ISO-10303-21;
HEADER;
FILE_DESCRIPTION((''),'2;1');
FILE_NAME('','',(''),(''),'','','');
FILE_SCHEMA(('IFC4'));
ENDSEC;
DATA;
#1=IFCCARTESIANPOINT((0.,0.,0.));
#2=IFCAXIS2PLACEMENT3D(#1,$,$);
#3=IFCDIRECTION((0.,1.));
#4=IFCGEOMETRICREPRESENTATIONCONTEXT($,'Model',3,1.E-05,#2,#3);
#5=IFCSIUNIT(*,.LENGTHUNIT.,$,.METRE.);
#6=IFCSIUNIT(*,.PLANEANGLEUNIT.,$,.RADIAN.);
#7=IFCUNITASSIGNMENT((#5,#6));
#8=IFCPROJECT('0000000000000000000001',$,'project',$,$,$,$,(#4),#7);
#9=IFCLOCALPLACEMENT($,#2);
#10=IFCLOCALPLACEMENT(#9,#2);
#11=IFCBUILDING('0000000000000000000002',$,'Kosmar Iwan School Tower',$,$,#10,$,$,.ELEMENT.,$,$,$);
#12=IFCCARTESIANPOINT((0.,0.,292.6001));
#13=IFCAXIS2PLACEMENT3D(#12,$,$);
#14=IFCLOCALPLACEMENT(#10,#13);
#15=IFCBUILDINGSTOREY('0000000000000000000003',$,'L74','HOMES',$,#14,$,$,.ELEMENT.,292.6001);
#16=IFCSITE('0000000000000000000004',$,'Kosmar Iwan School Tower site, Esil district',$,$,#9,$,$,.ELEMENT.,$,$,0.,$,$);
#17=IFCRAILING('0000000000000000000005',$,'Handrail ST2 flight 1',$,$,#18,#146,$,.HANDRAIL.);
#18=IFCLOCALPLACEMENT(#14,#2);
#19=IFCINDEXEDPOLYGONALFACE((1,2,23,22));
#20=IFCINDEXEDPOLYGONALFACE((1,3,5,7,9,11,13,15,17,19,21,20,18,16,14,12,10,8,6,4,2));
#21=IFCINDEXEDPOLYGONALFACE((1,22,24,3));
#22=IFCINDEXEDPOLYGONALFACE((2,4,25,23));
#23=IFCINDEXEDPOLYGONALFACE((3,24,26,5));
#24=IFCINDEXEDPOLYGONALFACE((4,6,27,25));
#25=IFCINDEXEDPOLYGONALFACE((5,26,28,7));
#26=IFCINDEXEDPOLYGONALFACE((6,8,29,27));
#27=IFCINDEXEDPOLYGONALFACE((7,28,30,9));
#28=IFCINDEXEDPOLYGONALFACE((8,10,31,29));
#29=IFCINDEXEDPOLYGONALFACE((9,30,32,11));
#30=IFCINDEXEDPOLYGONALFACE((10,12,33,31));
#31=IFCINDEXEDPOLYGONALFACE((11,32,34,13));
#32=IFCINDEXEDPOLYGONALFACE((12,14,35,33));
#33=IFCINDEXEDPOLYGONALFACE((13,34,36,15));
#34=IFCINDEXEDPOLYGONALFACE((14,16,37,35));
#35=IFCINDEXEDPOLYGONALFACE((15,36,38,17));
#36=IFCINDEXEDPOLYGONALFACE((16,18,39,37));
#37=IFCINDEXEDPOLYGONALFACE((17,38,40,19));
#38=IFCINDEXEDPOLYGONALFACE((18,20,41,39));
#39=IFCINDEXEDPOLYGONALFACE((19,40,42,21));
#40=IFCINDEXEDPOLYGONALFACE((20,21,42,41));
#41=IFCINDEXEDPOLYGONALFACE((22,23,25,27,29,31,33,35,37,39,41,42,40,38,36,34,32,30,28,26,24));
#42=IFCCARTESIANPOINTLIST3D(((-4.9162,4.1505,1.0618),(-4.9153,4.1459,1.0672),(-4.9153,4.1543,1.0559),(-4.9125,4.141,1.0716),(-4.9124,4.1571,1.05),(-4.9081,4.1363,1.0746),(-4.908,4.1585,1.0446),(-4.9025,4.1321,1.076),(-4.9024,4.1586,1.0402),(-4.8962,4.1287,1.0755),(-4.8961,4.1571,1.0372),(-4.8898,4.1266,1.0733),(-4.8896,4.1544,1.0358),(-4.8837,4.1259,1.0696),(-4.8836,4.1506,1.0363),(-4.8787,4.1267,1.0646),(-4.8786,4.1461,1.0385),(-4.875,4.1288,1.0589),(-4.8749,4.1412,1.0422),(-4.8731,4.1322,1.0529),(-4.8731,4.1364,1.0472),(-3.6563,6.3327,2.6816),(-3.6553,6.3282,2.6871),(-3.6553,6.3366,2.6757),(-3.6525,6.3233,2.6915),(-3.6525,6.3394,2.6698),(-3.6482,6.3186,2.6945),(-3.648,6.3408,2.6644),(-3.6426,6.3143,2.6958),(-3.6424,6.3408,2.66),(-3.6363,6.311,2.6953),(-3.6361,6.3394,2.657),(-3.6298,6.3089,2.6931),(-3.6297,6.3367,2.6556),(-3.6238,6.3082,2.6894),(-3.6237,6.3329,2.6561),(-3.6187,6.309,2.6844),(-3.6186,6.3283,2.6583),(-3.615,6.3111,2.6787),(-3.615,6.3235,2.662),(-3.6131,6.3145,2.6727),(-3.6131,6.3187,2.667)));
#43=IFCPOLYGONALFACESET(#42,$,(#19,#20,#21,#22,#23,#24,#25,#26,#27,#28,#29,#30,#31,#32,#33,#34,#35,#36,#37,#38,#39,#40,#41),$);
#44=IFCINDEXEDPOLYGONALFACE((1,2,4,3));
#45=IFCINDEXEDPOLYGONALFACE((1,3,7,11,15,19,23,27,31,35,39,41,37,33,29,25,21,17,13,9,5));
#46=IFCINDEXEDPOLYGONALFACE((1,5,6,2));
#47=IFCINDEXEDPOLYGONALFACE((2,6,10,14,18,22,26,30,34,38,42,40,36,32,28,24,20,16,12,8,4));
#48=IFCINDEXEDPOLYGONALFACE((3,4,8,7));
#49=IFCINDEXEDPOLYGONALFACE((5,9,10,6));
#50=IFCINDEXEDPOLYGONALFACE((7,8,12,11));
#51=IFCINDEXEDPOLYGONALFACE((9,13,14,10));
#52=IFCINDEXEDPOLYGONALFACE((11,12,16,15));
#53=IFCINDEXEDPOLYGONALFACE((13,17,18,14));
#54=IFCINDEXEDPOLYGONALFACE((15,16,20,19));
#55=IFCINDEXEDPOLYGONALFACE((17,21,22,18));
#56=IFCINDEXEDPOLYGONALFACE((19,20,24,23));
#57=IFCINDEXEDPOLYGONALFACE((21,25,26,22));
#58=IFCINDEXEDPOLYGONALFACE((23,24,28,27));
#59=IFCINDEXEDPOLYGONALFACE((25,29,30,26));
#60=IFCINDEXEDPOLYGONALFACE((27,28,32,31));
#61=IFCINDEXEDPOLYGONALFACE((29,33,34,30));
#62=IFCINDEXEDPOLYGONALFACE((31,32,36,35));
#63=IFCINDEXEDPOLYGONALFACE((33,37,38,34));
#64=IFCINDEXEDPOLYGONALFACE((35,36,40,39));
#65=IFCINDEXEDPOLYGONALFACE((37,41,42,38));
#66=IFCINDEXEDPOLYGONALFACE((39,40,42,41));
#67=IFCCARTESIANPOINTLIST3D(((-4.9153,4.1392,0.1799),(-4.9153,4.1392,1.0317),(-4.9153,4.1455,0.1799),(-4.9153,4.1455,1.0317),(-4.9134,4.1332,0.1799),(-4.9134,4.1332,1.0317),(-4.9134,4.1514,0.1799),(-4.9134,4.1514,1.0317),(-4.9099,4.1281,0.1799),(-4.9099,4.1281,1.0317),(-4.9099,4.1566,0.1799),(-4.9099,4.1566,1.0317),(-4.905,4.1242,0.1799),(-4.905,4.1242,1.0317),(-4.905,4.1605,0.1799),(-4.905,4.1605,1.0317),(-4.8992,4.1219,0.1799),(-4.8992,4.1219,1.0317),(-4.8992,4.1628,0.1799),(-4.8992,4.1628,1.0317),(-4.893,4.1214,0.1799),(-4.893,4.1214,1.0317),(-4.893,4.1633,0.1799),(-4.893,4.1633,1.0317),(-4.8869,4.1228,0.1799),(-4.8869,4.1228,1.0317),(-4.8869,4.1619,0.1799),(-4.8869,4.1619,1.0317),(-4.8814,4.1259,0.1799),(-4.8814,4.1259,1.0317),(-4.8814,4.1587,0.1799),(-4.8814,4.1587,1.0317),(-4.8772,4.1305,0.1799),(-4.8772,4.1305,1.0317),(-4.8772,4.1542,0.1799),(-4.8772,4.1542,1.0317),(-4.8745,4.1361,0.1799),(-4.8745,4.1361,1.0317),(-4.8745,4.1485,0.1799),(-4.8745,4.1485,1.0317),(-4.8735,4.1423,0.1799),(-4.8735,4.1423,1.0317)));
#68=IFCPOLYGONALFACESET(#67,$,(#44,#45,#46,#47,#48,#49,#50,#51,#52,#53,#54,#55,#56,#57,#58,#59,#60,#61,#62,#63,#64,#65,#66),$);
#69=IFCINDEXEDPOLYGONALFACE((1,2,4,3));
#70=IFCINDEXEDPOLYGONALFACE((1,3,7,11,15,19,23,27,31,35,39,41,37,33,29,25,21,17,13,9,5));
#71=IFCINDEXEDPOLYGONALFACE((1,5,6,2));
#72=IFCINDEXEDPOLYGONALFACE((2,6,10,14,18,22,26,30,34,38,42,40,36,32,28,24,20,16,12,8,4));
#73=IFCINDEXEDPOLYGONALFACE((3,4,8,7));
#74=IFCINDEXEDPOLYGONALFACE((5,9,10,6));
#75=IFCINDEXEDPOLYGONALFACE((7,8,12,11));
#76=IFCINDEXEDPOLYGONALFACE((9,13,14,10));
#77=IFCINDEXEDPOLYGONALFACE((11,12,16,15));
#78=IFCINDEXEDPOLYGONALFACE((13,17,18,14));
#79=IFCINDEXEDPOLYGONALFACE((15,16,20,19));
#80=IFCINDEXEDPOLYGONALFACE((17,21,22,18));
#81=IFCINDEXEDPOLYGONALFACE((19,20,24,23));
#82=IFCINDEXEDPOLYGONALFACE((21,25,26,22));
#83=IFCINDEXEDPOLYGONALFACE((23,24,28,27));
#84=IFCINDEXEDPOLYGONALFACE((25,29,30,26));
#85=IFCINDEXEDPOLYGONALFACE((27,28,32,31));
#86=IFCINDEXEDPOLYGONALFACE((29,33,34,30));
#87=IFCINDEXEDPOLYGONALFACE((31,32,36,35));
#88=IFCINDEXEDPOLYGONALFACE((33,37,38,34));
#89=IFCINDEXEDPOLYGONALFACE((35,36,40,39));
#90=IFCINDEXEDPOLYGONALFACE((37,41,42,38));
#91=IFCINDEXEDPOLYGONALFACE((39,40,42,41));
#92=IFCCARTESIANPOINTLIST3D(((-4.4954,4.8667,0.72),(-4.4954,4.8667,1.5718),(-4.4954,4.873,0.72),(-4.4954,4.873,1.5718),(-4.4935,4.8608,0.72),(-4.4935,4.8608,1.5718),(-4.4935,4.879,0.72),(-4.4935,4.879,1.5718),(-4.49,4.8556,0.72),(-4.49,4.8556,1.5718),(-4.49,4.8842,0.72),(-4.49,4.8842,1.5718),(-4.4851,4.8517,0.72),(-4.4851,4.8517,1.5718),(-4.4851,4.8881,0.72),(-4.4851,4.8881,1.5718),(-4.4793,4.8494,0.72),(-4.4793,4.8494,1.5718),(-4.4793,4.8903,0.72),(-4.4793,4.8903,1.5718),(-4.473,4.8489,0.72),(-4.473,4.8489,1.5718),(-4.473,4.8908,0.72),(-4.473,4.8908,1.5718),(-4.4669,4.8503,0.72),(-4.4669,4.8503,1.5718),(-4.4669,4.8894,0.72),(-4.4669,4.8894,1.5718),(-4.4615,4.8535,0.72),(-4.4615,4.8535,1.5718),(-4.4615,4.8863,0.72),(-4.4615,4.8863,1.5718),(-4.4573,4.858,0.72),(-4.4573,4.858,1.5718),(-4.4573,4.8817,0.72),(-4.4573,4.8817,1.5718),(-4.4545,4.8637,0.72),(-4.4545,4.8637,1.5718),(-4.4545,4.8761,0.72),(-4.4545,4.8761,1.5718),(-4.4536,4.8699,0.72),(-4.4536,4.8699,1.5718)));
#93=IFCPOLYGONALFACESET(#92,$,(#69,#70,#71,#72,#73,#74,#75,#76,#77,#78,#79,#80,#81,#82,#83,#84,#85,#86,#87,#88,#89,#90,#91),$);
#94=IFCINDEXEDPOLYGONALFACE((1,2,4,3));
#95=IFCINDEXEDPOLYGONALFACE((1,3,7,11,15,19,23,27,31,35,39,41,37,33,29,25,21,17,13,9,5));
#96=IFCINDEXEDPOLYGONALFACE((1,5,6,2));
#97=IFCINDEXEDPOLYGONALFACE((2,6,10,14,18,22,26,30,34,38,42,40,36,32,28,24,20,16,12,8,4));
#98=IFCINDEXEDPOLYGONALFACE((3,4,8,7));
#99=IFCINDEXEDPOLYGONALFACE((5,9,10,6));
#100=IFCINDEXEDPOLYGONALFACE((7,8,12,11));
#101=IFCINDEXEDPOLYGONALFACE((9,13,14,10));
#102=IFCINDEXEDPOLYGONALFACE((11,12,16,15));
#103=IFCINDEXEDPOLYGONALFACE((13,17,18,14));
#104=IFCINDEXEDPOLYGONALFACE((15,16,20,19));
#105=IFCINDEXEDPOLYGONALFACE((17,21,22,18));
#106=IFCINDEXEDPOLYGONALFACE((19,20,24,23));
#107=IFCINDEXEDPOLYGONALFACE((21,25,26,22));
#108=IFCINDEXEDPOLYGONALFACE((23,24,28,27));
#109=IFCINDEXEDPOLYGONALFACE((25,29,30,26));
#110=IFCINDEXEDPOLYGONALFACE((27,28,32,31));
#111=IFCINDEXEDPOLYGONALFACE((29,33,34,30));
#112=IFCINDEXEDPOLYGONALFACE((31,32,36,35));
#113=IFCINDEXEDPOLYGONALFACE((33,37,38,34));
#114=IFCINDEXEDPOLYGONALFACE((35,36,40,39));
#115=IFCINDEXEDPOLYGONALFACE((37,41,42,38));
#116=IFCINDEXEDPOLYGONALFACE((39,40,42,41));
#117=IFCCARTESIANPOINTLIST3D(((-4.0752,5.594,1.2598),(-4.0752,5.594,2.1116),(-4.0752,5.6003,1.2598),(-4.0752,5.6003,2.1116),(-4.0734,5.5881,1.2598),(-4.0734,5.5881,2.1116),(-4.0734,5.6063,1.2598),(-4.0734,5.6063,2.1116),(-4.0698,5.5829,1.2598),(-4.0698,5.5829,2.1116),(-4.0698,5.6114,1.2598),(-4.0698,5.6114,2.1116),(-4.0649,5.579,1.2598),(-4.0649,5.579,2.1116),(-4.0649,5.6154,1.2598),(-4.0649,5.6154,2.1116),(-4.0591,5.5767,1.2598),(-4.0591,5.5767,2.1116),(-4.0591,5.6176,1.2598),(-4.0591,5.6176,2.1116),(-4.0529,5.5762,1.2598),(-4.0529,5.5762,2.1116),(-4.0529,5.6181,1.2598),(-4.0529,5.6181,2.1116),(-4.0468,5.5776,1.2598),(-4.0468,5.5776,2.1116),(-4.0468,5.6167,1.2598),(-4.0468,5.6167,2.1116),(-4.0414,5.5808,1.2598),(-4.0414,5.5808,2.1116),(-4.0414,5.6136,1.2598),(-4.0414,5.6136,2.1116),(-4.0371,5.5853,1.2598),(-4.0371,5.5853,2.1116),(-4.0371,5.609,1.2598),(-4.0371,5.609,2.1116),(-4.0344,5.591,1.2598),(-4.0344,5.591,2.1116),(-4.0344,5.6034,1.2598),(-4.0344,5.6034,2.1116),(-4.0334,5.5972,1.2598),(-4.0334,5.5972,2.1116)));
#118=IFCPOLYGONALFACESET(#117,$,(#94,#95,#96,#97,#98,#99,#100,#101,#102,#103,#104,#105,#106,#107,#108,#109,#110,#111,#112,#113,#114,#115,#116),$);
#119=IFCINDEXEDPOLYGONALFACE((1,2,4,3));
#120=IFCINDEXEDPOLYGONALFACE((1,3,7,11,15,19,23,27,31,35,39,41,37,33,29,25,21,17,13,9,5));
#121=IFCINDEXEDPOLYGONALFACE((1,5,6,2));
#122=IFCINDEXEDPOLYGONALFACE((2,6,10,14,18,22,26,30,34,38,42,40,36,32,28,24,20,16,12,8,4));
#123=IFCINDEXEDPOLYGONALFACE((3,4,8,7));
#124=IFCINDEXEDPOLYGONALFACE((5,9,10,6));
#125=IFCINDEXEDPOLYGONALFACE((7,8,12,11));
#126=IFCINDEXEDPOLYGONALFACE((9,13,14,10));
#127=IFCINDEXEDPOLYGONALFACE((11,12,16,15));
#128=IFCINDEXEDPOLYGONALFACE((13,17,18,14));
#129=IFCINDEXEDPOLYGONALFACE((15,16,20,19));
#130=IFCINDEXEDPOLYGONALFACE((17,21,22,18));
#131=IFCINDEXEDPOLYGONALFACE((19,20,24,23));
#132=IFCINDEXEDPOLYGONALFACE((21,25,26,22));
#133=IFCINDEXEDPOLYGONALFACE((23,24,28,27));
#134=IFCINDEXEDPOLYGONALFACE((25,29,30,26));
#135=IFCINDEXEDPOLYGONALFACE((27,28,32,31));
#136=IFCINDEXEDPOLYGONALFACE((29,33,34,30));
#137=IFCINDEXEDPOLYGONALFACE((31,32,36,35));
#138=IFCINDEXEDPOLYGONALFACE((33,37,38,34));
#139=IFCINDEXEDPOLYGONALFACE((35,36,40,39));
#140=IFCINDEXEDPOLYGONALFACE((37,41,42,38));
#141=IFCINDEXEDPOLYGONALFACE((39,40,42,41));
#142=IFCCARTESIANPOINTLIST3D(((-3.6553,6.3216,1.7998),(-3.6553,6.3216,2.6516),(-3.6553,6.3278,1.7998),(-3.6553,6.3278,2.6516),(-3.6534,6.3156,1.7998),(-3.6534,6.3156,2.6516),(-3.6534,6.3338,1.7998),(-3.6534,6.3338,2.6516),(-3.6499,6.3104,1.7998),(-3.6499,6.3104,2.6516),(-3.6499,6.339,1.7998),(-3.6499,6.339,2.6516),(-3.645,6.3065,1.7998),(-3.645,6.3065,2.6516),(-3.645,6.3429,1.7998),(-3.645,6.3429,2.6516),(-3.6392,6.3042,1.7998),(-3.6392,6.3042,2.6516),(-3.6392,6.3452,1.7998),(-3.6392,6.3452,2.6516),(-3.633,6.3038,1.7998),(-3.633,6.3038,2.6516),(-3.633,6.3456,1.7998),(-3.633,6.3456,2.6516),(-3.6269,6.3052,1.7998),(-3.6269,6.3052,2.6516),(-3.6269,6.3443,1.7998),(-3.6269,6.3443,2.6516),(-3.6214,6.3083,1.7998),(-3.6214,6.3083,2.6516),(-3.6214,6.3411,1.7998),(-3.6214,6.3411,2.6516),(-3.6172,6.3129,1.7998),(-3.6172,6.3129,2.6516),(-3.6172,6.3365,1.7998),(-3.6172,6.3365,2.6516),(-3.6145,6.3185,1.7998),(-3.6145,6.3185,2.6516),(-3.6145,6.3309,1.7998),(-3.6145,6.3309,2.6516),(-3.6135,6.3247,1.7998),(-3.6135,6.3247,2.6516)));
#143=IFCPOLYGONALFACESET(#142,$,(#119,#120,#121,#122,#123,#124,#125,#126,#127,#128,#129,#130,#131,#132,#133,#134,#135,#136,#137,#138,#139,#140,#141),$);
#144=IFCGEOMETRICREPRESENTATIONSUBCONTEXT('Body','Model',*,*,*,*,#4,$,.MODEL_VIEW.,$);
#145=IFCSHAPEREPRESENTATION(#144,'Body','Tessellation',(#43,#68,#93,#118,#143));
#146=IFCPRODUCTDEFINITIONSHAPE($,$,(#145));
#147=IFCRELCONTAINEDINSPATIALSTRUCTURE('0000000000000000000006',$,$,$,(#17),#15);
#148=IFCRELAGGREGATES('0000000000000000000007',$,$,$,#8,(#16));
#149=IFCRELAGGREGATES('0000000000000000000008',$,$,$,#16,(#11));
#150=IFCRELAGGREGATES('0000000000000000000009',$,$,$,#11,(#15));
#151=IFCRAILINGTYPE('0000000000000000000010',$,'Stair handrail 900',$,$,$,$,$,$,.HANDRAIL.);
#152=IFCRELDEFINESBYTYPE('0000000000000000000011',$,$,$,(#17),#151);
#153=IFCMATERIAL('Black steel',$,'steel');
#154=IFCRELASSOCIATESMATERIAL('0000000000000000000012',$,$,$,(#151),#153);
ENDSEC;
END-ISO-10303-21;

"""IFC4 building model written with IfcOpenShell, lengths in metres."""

from ifc_helpers import new_model, si_unit, direction, frame, origin, origin_2d, place, context, subcontext, project, spatial, circle, extrude, material, type_object, element, save


model = new_model("IFC4")

# Units and contexts
model_context = context("Model", 3, precision=1e-05, world=origin(), true_north=direction((0.0, 1.0)))
body_context = subcontext(model_context, "Body", "Model", "MODEL_VIEW")
ifc_project = project(units=[si_unit("LENGTHUNIT", "METRE"), si_unit("PLANEANGLEUNIT", "RADIAN")], contexts=[model_context])

# Site, building, storey
site_placement = place(None, origin())
site = spatial("IfcSite", under=ifc_project, at=site_placement, Name="Kosmar Iwan School Tower site, Esil district", CompositionType="ELEMENT", RefElevation=0.0)
building_placement = place(site_placement, origin())
building = spatial("IfcBuilding", under=site, at=building_placement, Name="Kosmar Iwan School Tower", CompositionType="ELEMENT")
storey_placement = place(building_placement, frame((0.0, 0.0, 292.6001)))
storey = spatial("IfcBuildingStorey", under=building, at=storey_placement, Name="L74", Description="HOMES", CompositionType="ELEMENT", Elevation=292.6001)

# Railing
ifc_material_1 = material(Name="Black steel", Category="steel")
railing_type = type_object("IfcRailingType", Name="Stair handrail 900", PredefinedType="HANDRAIL", material=ifc_material_1)
railing_placement = place(storey_placement, frame((-4.8945, 4.1423, 0.1799)))
element("IfcRailing", 1, at=railing_placement, inside=storey, type_object=railing_type, Name="Handrail ST2 flight 1", PredefinedType="HANDRAIL", context=body_context, shape_type="SweptSolid", body=[
    extrude(circle(Radius=0.0239, at=origin_2d()), frame((0.0, 0.0, 0.876), z_axis=(0.420603, 0.728496, 0.540728), x_axis=(-0.866023, 0.500005, 0.0)), (0.0, 0.0, 1.0), 2.9956),
    extrude(circle(Radius=0.021, at=origin_2d()), origin(), (0.0, 0.0, 1.0), 0.8518),
    extrude(circle(Radius=0.021, at=origin_2d()), frame((0.4199, 0.7275, 0.54)), (0.0, 0.0, 1.0), 0.8518),
    extrude(circle(Radius=0.021, at=origin_2d()), frame((0.8401, 1.4548, 1.0798)), (0.0, 0.0, 1.0), 0.8518),
    extrude(circle(Radius=0.021, at=origin_2d()), frame((1.26, 2.1824, 1.6199)), (0.0, 0.0, 1.0), 0.8518),
])

save(model, "model.ifc")
